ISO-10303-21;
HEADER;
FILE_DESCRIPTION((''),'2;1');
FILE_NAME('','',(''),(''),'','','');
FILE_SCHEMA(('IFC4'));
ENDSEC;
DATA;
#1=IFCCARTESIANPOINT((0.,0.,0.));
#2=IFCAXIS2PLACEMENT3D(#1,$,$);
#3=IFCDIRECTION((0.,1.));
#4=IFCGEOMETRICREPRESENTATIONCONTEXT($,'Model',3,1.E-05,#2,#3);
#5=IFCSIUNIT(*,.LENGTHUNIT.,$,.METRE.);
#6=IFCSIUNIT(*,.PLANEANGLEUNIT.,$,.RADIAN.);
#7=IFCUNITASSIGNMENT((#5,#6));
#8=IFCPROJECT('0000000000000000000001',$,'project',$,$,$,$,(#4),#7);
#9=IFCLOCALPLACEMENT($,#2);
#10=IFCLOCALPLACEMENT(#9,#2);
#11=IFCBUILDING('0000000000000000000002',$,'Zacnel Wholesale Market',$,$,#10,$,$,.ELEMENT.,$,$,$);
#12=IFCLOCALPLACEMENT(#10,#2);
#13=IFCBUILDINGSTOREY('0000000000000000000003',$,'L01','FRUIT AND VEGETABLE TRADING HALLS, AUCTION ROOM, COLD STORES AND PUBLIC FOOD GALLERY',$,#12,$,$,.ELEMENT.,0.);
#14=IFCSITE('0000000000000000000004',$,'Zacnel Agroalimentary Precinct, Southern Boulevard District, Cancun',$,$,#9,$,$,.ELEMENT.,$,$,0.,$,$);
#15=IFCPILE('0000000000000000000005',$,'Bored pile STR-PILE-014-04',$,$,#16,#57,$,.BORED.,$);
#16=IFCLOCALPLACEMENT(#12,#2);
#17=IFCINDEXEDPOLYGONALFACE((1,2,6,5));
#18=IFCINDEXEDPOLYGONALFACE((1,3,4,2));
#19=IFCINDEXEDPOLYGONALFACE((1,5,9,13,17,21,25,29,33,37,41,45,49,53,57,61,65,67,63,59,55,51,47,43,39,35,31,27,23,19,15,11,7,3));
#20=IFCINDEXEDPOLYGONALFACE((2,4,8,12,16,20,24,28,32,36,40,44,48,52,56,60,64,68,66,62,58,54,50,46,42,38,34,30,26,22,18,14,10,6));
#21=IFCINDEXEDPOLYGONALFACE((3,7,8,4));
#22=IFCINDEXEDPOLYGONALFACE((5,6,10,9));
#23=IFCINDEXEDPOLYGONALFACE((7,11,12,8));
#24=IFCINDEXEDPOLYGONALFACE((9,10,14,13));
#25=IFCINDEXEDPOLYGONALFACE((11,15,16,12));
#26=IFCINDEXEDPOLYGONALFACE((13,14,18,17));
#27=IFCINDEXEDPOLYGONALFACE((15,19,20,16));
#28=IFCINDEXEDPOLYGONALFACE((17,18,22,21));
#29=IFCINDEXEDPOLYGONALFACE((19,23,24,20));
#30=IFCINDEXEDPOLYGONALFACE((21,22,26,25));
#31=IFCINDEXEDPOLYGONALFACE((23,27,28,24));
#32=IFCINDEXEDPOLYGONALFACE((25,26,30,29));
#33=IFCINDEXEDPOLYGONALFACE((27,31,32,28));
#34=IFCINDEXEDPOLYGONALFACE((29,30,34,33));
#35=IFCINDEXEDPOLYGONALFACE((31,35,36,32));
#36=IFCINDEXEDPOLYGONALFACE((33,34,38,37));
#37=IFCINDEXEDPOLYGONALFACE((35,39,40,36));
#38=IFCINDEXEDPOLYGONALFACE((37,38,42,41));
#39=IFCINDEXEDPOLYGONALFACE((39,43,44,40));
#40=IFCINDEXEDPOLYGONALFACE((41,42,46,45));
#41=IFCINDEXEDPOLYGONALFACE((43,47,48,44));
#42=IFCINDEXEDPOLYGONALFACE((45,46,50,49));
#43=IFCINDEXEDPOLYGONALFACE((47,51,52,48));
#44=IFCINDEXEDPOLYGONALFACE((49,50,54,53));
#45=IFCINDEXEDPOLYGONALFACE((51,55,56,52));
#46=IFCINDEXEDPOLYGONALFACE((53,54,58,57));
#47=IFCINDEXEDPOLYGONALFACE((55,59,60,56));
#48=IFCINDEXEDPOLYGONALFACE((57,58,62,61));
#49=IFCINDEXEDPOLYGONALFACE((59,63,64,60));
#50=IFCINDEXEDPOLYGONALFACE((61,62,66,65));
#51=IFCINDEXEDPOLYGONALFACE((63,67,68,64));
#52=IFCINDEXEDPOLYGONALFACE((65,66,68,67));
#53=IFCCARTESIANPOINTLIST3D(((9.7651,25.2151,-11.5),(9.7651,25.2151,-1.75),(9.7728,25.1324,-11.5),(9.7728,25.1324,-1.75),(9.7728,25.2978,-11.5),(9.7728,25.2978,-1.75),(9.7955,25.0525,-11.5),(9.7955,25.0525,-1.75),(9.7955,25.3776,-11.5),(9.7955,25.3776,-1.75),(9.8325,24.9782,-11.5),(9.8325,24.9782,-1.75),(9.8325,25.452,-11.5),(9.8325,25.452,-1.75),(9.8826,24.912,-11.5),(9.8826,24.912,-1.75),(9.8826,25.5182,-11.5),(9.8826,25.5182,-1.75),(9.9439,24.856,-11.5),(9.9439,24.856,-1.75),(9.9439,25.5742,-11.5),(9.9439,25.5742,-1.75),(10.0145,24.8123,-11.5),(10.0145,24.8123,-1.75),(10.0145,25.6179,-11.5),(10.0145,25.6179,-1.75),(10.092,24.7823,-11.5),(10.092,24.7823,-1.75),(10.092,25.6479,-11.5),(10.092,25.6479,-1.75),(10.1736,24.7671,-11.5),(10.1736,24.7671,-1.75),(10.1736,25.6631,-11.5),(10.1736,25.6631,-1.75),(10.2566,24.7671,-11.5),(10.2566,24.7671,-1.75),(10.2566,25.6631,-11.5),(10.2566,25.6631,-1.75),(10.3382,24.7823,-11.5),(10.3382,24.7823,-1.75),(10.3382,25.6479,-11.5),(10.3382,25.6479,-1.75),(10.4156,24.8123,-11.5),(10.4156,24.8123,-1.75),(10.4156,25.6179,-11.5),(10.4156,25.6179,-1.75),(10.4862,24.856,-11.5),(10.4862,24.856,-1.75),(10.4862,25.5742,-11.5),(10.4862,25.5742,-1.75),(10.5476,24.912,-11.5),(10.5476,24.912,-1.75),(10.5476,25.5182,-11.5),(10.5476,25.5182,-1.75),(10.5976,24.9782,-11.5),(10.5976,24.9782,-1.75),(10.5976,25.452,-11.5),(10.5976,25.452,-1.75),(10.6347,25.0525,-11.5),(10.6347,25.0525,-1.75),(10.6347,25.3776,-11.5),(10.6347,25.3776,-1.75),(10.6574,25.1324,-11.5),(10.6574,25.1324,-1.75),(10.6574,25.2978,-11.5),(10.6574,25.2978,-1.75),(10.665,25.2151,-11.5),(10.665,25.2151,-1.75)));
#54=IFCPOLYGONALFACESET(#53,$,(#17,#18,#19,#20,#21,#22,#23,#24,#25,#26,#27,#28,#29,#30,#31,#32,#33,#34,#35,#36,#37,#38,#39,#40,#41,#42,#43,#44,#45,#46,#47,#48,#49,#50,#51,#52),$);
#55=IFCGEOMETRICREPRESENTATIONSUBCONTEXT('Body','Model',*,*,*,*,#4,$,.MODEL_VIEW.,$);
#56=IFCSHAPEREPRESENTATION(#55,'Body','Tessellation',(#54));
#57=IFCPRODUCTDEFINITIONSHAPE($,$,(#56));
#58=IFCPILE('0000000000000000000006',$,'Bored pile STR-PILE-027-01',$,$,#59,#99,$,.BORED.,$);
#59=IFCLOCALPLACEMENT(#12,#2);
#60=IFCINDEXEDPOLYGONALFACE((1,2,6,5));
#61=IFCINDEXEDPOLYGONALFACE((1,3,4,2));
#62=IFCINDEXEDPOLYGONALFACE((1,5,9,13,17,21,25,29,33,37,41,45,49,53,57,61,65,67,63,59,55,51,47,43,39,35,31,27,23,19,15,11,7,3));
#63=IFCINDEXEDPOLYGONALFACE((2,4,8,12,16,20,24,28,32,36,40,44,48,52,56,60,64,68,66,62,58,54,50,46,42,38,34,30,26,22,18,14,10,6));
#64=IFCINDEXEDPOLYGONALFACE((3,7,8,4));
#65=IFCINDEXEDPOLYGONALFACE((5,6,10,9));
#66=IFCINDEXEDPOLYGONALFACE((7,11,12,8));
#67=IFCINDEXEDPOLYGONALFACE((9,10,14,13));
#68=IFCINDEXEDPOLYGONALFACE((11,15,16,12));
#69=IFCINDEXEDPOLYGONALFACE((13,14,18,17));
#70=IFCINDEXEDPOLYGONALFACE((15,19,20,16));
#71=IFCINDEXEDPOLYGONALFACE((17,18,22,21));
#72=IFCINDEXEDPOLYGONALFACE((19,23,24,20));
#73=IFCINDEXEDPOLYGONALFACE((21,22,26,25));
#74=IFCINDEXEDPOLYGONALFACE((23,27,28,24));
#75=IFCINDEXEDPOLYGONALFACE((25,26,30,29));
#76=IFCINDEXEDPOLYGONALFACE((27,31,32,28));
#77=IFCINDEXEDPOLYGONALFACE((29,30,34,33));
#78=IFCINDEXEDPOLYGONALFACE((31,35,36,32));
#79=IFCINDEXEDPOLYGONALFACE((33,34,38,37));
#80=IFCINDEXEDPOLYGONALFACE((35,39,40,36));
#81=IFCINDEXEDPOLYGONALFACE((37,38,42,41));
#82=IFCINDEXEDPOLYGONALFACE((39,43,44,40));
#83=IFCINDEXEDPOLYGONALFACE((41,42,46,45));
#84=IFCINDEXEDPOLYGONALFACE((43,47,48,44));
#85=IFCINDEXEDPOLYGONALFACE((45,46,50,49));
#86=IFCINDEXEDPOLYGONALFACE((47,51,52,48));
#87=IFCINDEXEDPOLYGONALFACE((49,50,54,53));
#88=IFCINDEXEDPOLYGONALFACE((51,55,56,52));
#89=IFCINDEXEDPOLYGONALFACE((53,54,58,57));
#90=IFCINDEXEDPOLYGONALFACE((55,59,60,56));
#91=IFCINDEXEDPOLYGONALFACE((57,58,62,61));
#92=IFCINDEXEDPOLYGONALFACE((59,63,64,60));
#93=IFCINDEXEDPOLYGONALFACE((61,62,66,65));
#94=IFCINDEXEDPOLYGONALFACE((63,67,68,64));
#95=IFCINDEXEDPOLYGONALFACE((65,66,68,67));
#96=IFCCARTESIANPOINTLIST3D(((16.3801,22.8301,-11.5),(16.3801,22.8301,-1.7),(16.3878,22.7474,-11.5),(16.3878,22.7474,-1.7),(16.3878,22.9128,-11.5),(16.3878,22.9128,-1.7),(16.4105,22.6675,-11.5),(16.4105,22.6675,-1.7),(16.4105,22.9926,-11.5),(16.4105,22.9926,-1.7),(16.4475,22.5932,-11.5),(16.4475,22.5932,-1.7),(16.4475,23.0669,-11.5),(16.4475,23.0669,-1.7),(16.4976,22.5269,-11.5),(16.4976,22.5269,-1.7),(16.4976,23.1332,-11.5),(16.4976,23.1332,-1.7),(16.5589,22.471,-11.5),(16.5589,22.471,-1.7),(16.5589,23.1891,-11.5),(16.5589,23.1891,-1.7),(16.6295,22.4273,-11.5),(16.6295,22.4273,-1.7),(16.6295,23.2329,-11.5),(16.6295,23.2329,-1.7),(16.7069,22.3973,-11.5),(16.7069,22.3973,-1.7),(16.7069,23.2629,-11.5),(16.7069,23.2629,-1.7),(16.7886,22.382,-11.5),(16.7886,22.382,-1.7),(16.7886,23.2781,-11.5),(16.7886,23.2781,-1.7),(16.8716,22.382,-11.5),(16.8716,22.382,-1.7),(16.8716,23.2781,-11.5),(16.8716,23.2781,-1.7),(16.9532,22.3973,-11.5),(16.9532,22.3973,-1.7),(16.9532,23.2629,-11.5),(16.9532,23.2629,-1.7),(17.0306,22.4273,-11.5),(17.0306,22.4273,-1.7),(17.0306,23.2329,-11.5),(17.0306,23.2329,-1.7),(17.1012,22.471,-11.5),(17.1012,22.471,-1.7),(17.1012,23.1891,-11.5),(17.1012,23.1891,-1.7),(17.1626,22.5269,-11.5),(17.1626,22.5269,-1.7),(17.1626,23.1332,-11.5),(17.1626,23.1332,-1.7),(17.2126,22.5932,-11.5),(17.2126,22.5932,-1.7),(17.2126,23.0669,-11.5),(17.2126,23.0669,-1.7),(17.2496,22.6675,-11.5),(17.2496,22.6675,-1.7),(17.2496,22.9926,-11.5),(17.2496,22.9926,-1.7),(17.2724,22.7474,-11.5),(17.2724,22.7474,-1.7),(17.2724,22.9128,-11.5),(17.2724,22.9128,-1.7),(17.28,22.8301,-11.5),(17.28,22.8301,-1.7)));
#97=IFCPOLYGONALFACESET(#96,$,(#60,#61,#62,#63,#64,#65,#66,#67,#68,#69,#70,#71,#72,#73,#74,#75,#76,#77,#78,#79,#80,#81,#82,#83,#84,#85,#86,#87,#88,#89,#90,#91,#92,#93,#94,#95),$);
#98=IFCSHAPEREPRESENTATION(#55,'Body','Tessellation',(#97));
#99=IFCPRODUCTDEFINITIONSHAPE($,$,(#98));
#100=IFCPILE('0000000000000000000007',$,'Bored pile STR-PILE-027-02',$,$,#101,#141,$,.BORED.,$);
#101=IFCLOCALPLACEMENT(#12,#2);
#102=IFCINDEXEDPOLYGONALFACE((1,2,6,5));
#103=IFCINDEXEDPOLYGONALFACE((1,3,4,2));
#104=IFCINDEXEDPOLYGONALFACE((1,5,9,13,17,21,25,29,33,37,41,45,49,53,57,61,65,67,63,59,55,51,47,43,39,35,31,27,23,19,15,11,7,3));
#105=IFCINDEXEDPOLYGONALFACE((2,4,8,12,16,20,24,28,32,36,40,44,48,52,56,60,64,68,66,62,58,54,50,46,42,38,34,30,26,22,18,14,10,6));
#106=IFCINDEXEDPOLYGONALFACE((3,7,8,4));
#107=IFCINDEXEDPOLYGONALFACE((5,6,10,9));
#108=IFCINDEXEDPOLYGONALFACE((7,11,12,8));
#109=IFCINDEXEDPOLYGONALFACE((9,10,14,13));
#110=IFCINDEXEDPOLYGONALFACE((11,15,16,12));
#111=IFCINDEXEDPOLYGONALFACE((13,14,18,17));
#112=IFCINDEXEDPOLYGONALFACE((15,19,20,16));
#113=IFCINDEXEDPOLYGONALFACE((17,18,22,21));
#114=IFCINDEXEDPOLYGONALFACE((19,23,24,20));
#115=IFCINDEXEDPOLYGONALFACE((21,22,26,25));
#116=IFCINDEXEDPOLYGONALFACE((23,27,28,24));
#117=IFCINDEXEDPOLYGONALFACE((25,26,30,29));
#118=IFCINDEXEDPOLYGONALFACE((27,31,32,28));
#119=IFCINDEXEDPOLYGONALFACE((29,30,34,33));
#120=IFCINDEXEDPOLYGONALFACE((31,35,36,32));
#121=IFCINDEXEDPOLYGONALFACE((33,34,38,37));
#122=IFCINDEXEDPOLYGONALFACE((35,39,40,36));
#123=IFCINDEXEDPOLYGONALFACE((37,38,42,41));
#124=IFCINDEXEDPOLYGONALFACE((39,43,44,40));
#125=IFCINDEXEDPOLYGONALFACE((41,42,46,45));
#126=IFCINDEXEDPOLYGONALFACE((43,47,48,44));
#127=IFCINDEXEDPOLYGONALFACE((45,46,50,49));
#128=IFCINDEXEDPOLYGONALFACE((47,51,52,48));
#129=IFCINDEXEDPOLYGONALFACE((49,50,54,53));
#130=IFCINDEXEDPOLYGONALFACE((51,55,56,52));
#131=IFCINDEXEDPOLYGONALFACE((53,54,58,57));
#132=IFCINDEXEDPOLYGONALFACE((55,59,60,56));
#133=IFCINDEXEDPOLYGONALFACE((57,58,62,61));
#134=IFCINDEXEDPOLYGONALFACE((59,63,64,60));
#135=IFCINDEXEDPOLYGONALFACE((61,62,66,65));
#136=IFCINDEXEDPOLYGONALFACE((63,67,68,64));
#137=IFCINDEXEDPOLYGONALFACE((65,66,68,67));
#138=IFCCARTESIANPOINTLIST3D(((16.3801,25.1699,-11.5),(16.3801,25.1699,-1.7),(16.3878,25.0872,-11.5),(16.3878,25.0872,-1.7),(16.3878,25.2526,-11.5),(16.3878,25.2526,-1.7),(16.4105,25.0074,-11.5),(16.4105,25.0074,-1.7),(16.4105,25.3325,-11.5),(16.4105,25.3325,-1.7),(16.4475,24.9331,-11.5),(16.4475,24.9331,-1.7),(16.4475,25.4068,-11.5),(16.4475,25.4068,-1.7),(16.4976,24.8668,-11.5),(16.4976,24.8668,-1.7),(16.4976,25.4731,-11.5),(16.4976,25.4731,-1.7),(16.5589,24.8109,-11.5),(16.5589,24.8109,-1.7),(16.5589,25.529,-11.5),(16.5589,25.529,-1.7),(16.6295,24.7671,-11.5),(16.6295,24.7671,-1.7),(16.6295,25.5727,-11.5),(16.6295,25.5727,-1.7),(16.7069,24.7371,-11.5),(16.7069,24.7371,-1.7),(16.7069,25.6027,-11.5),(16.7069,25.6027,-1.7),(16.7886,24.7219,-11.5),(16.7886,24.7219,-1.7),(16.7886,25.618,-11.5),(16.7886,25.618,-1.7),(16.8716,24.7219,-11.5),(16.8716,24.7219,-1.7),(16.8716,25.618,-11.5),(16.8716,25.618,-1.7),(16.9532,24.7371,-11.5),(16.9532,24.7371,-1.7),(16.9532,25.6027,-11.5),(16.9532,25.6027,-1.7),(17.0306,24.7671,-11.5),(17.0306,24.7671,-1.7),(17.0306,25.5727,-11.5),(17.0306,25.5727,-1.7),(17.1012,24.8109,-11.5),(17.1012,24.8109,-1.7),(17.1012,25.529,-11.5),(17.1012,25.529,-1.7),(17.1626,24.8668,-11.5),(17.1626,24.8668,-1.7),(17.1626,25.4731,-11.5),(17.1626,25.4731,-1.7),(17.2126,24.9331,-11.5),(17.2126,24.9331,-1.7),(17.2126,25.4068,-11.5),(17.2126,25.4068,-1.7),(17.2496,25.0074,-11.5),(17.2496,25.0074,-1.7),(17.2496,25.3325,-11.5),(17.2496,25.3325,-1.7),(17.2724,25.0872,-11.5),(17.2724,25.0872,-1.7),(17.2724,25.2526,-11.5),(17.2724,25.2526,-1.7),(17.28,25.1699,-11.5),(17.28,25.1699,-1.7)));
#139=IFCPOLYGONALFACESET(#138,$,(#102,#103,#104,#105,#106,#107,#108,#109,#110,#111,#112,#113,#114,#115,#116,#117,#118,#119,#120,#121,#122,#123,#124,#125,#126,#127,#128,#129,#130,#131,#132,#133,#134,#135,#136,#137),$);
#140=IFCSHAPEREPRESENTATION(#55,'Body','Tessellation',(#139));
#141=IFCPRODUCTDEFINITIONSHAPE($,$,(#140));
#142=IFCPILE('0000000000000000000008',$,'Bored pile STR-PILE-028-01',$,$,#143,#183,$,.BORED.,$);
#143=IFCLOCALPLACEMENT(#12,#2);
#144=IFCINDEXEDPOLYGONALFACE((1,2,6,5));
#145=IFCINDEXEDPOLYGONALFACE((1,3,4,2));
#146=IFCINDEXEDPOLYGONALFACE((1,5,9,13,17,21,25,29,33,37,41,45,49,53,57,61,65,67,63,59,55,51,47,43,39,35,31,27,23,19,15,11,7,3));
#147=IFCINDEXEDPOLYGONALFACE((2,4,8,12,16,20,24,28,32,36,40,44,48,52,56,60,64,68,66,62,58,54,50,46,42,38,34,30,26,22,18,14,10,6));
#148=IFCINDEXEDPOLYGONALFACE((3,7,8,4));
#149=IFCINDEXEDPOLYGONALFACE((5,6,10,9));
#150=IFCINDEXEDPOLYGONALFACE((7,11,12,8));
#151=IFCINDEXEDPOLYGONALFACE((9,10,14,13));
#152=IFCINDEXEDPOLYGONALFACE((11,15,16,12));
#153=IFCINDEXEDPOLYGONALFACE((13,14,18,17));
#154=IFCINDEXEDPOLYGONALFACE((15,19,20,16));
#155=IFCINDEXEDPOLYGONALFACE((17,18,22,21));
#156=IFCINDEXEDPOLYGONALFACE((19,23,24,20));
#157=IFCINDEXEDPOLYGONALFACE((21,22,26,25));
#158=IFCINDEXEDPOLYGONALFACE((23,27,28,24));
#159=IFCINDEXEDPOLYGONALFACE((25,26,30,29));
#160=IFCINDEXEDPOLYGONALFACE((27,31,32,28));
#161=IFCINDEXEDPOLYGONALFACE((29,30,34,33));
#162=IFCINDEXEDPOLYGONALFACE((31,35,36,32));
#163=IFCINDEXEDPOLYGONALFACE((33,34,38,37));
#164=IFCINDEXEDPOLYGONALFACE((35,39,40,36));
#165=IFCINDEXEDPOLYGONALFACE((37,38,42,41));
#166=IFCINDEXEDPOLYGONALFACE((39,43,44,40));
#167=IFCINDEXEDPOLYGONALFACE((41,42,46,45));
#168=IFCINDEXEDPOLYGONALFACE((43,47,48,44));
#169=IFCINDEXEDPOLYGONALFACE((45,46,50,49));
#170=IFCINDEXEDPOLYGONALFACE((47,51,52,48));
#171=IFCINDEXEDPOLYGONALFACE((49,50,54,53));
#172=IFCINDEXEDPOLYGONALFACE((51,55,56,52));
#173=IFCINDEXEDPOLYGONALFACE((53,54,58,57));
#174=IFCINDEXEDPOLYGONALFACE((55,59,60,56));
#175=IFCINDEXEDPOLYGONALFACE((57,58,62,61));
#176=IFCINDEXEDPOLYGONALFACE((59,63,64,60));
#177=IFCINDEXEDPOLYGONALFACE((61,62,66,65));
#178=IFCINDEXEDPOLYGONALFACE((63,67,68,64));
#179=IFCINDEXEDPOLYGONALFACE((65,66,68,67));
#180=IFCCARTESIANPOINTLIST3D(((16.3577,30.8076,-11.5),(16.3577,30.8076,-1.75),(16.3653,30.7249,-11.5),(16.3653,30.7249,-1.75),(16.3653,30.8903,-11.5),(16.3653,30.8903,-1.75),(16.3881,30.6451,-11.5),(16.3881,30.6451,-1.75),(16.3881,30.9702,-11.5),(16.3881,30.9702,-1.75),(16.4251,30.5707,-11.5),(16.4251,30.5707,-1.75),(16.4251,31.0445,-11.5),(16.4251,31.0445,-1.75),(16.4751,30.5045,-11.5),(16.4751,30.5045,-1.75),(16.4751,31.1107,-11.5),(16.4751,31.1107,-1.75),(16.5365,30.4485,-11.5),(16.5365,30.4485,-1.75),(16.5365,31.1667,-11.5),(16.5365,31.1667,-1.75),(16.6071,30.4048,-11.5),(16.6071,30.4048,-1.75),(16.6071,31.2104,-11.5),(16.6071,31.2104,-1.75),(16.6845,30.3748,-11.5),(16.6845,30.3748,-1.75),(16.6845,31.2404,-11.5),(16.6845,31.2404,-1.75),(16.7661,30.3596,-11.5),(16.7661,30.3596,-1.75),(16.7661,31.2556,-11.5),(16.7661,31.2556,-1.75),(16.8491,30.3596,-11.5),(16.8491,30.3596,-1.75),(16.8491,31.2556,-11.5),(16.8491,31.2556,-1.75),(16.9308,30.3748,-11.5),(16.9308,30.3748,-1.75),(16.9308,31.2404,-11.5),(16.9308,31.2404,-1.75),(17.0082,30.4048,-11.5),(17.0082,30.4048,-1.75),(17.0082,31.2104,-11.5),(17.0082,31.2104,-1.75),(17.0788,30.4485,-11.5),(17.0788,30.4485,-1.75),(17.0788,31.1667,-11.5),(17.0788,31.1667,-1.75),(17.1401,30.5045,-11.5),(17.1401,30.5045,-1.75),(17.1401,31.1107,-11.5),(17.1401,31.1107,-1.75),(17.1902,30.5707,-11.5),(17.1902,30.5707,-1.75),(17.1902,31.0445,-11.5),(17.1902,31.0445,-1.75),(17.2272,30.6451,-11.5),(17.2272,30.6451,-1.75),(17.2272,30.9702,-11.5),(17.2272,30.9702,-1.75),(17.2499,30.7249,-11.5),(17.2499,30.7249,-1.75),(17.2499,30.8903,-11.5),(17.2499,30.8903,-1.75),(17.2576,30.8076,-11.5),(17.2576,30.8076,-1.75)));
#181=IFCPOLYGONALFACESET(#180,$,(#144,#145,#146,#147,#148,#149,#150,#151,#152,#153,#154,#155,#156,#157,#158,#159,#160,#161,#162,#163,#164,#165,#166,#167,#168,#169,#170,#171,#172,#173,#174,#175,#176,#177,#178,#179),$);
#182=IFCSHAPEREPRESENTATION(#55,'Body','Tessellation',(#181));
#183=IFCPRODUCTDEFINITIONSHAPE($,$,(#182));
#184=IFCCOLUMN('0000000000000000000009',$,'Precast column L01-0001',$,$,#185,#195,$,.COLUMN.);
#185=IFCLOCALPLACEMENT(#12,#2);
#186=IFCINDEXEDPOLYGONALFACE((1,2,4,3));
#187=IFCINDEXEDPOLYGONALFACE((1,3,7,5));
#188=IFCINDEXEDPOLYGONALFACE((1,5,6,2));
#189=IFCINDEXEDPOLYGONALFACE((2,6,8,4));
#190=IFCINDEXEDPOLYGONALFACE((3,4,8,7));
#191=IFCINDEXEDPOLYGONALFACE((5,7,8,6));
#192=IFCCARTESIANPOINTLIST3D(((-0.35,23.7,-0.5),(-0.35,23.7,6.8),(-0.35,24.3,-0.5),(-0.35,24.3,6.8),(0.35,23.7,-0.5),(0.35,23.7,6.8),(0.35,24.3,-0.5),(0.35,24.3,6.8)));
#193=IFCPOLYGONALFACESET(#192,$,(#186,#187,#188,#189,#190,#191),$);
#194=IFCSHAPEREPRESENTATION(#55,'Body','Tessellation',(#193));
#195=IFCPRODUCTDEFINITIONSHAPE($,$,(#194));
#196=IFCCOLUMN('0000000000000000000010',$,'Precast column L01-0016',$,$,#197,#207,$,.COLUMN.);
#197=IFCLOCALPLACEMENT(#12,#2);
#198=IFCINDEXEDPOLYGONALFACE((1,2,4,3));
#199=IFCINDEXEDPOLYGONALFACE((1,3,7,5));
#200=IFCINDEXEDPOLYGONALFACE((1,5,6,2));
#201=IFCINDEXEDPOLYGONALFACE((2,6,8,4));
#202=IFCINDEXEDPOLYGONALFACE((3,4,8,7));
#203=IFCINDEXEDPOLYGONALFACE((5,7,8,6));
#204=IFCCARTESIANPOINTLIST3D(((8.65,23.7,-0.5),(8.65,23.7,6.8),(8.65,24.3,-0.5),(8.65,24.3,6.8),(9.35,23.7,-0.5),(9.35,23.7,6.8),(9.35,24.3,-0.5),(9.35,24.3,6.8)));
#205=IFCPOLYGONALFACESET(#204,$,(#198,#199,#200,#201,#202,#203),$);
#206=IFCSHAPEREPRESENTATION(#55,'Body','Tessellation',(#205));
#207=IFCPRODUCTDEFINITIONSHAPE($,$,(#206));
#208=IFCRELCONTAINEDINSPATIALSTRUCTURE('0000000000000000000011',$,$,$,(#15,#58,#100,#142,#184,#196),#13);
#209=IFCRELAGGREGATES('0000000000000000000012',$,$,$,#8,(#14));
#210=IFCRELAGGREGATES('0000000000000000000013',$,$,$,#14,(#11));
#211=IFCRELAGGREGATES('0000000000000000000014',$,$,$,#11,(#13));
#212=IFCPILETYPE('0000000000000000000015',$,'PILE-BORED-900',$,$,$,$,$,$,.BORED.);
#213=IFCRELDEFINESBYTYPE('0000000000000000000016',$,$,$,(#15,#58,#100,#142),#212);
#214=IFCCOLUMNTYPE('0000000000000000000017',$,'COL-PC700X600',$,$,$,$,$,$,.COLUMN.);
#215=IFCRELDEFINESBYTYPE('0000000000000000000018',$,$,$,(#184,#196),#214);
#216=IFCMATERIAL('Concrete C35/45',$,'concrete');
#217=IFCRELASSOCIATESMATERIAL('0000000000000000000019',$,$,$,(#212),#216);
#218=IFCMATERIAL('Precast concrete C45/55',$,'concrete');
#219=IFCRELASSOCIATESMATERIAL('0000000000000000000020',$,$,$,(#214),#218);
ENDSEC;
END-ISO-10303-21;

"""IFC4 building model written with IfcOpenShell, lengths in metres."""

from ifc_helpers import new_model, si_unit, direction, frame, origin, origin_2d, place, context, subcontext, project, spatial, rectangle, circle, extrude, material, material_profile, profile_set, type_object, element, save


model = new_model("IFC4")

# Units and contexts
model_context = context("Model", 3, precision=1e-05, world=origin(), true_north=direction((0.0, 1.0)))
body_context = subcontext(model_context, "Body", "Model", "MODEL_VIEW")
ifc_project = project(units=[si_unit("LENGTHUNIT", "METRE"), si_unit("PLANEANGLEUNIT", "RADIAN")], contexts=[model_context])

# Site, building, storey
site_placement = place(None, origin())
site = spatial("IfcSite", under=ifc_project, at=site_placement, Name="Zacnel Agroalimentary Precinct, Southern Boulevard District, Cancun", CompositionType="ELEMENT", RefElevation=0.0)
building_placement = place(site_placement, origin())
building = spatial("IfcBuilding", under=site, at=building_placement, Name="Zacnel Wholesale Market", CompositionType="ELEMENT")
storey_placement = place(building_placement, origin())
storey = spatial("IfcBuildingStorey", under=building, at=storey_placement, Name="L01", Description="FRUIT AND VEGETABLE TRADING HALLS, AUCTION ROOM, COLD STORES AND PUBLIC FOOD GALLERY", CompositionType="ELEMENT", Elevation=0.0)

# Piles
ifc_material_1 = material(Name="Concrete C35/45", Category="concrete")
ifc_material_profile_1 = material_profile(ifc_material_1, circle(Radius=0.45, at=origin_2d()), Name="BORED PILE D900")
ifc_profile_set_1 = profile_set([ifc_material_profile_1], Name="Concrete C35/45")
pile_type = type_object("IfcPileType", Name="PILE-BORED-900", PredefinedType="BORED", material=ifc_profile_set_1)
for number, where, z_axis, x_axis, name in (
    (1, (10.2151, 25.2151, -1.75), (0.0, 0.0, -1.0), (1.0, 0.0, 0.0), "Bored pile STR-PILE-014-04"),
):
    element("IfcPile", number, at=place(storey_placement, frame(where, z_axis=z_axis, x_axis=x_axis)), inside=storey, type_object=pile_type, Name=name, PredefinedType="BORED", context=body_context, shape_type="SweptSolid", body=[
        extrude(circle(Radius=0.45, at=origin_2d()), origin(), (0.0, 0.0, 1.0), 9.75),
    ])
for number, where, z_axis, x_axis, name in (
    (2, (16.8301, 22.8301, -1.7), (0.0, 0.0, -1.0), (1.0, 0.0, 0.0), "Bored pile STR-PILE-027-01"),
    (3, (16.8301, 25.1699, -1.7), (0.0, 0.0, -1.0), (1.0, 0.0, 0.0), "Bored pile STR-PILE-027-02"),
):
    element("IfcPile", number, at=place(storey_placement, frame(where, z_axis=z_axis, x_axis=x_axis)), inside=storey, type_object=pile_type, Name=name, PredefinedType="BORED", context=body_context, shape_type="SweptSolid", body=[
        extrude(circle(Radius=0.45, at=origin_2d()), origin(), (0.0, 0.0, 1.0), 9.8),
    ])
pile_placement = place(storey_placement, frame((16.8076, 30.8076, -1.75), z_axis=(0.0, 0.0, -1.0), x_axis=(1.0, 0.0, 0.0)))
element("IfcPile", 4, at=pile_placement, inside=storey, type_object=pile_type, Name="Bored pile STR-PILE-028-01", PredefinedType="BORED", context=body_context, shape_type="SweptSolid", body=[
    extrude(circle(Radius=0.45, at=origin_2d()), origin(), (0.0, 0.0, 1.0), 9.75),
])

# Columns
ifc_material_2 = material(Name="Precast concrete C45/55", Category="concrete")
ifc_material_profile_2 = material_profile(ifc_material_2, rectangle(XDim=0.7, YDim=0.6001, at=origin_2d()), Name="PC 700x600")
ifc_profile_set_2 = profile_set([ifc_material_profile_2], Name="Precast concrete C45/55")
column_type = type_object("IfcColumnType", Name="COL-PC700X600", PredefinedType="COLUMN", material=ifc_profile_set_2)
for number, where, z_axis, x_axis, name in (
    (5, (0.0, 24.0, -0.5), (0.0, 0.0, 1.0), (1.0, 0.0, 0.0), "Precast column L01-0001"),
    (6, (9.0, 24.0, -0.5), (0.0, 0.0, 1.0), (1.0, 0.0, 0.0), "Precast column L01-0016"),
):
    element("IfcColumn", number, at=place(storey_placement, frame(where, z_axis=z_axis, x_axis=x_axis)), inside=storey, type_object=column_type, Name=name, PredefinedType="COLUMN", context=body_context, shape_type="SweptSolid", body=[
        extrude(rectangle(XDim=0.7, YDim=0.6001, at=origin_2d()), origin(), (0.0, 0.0, 1.0), 7.3),
    ])

save(model, "model.ifc")
